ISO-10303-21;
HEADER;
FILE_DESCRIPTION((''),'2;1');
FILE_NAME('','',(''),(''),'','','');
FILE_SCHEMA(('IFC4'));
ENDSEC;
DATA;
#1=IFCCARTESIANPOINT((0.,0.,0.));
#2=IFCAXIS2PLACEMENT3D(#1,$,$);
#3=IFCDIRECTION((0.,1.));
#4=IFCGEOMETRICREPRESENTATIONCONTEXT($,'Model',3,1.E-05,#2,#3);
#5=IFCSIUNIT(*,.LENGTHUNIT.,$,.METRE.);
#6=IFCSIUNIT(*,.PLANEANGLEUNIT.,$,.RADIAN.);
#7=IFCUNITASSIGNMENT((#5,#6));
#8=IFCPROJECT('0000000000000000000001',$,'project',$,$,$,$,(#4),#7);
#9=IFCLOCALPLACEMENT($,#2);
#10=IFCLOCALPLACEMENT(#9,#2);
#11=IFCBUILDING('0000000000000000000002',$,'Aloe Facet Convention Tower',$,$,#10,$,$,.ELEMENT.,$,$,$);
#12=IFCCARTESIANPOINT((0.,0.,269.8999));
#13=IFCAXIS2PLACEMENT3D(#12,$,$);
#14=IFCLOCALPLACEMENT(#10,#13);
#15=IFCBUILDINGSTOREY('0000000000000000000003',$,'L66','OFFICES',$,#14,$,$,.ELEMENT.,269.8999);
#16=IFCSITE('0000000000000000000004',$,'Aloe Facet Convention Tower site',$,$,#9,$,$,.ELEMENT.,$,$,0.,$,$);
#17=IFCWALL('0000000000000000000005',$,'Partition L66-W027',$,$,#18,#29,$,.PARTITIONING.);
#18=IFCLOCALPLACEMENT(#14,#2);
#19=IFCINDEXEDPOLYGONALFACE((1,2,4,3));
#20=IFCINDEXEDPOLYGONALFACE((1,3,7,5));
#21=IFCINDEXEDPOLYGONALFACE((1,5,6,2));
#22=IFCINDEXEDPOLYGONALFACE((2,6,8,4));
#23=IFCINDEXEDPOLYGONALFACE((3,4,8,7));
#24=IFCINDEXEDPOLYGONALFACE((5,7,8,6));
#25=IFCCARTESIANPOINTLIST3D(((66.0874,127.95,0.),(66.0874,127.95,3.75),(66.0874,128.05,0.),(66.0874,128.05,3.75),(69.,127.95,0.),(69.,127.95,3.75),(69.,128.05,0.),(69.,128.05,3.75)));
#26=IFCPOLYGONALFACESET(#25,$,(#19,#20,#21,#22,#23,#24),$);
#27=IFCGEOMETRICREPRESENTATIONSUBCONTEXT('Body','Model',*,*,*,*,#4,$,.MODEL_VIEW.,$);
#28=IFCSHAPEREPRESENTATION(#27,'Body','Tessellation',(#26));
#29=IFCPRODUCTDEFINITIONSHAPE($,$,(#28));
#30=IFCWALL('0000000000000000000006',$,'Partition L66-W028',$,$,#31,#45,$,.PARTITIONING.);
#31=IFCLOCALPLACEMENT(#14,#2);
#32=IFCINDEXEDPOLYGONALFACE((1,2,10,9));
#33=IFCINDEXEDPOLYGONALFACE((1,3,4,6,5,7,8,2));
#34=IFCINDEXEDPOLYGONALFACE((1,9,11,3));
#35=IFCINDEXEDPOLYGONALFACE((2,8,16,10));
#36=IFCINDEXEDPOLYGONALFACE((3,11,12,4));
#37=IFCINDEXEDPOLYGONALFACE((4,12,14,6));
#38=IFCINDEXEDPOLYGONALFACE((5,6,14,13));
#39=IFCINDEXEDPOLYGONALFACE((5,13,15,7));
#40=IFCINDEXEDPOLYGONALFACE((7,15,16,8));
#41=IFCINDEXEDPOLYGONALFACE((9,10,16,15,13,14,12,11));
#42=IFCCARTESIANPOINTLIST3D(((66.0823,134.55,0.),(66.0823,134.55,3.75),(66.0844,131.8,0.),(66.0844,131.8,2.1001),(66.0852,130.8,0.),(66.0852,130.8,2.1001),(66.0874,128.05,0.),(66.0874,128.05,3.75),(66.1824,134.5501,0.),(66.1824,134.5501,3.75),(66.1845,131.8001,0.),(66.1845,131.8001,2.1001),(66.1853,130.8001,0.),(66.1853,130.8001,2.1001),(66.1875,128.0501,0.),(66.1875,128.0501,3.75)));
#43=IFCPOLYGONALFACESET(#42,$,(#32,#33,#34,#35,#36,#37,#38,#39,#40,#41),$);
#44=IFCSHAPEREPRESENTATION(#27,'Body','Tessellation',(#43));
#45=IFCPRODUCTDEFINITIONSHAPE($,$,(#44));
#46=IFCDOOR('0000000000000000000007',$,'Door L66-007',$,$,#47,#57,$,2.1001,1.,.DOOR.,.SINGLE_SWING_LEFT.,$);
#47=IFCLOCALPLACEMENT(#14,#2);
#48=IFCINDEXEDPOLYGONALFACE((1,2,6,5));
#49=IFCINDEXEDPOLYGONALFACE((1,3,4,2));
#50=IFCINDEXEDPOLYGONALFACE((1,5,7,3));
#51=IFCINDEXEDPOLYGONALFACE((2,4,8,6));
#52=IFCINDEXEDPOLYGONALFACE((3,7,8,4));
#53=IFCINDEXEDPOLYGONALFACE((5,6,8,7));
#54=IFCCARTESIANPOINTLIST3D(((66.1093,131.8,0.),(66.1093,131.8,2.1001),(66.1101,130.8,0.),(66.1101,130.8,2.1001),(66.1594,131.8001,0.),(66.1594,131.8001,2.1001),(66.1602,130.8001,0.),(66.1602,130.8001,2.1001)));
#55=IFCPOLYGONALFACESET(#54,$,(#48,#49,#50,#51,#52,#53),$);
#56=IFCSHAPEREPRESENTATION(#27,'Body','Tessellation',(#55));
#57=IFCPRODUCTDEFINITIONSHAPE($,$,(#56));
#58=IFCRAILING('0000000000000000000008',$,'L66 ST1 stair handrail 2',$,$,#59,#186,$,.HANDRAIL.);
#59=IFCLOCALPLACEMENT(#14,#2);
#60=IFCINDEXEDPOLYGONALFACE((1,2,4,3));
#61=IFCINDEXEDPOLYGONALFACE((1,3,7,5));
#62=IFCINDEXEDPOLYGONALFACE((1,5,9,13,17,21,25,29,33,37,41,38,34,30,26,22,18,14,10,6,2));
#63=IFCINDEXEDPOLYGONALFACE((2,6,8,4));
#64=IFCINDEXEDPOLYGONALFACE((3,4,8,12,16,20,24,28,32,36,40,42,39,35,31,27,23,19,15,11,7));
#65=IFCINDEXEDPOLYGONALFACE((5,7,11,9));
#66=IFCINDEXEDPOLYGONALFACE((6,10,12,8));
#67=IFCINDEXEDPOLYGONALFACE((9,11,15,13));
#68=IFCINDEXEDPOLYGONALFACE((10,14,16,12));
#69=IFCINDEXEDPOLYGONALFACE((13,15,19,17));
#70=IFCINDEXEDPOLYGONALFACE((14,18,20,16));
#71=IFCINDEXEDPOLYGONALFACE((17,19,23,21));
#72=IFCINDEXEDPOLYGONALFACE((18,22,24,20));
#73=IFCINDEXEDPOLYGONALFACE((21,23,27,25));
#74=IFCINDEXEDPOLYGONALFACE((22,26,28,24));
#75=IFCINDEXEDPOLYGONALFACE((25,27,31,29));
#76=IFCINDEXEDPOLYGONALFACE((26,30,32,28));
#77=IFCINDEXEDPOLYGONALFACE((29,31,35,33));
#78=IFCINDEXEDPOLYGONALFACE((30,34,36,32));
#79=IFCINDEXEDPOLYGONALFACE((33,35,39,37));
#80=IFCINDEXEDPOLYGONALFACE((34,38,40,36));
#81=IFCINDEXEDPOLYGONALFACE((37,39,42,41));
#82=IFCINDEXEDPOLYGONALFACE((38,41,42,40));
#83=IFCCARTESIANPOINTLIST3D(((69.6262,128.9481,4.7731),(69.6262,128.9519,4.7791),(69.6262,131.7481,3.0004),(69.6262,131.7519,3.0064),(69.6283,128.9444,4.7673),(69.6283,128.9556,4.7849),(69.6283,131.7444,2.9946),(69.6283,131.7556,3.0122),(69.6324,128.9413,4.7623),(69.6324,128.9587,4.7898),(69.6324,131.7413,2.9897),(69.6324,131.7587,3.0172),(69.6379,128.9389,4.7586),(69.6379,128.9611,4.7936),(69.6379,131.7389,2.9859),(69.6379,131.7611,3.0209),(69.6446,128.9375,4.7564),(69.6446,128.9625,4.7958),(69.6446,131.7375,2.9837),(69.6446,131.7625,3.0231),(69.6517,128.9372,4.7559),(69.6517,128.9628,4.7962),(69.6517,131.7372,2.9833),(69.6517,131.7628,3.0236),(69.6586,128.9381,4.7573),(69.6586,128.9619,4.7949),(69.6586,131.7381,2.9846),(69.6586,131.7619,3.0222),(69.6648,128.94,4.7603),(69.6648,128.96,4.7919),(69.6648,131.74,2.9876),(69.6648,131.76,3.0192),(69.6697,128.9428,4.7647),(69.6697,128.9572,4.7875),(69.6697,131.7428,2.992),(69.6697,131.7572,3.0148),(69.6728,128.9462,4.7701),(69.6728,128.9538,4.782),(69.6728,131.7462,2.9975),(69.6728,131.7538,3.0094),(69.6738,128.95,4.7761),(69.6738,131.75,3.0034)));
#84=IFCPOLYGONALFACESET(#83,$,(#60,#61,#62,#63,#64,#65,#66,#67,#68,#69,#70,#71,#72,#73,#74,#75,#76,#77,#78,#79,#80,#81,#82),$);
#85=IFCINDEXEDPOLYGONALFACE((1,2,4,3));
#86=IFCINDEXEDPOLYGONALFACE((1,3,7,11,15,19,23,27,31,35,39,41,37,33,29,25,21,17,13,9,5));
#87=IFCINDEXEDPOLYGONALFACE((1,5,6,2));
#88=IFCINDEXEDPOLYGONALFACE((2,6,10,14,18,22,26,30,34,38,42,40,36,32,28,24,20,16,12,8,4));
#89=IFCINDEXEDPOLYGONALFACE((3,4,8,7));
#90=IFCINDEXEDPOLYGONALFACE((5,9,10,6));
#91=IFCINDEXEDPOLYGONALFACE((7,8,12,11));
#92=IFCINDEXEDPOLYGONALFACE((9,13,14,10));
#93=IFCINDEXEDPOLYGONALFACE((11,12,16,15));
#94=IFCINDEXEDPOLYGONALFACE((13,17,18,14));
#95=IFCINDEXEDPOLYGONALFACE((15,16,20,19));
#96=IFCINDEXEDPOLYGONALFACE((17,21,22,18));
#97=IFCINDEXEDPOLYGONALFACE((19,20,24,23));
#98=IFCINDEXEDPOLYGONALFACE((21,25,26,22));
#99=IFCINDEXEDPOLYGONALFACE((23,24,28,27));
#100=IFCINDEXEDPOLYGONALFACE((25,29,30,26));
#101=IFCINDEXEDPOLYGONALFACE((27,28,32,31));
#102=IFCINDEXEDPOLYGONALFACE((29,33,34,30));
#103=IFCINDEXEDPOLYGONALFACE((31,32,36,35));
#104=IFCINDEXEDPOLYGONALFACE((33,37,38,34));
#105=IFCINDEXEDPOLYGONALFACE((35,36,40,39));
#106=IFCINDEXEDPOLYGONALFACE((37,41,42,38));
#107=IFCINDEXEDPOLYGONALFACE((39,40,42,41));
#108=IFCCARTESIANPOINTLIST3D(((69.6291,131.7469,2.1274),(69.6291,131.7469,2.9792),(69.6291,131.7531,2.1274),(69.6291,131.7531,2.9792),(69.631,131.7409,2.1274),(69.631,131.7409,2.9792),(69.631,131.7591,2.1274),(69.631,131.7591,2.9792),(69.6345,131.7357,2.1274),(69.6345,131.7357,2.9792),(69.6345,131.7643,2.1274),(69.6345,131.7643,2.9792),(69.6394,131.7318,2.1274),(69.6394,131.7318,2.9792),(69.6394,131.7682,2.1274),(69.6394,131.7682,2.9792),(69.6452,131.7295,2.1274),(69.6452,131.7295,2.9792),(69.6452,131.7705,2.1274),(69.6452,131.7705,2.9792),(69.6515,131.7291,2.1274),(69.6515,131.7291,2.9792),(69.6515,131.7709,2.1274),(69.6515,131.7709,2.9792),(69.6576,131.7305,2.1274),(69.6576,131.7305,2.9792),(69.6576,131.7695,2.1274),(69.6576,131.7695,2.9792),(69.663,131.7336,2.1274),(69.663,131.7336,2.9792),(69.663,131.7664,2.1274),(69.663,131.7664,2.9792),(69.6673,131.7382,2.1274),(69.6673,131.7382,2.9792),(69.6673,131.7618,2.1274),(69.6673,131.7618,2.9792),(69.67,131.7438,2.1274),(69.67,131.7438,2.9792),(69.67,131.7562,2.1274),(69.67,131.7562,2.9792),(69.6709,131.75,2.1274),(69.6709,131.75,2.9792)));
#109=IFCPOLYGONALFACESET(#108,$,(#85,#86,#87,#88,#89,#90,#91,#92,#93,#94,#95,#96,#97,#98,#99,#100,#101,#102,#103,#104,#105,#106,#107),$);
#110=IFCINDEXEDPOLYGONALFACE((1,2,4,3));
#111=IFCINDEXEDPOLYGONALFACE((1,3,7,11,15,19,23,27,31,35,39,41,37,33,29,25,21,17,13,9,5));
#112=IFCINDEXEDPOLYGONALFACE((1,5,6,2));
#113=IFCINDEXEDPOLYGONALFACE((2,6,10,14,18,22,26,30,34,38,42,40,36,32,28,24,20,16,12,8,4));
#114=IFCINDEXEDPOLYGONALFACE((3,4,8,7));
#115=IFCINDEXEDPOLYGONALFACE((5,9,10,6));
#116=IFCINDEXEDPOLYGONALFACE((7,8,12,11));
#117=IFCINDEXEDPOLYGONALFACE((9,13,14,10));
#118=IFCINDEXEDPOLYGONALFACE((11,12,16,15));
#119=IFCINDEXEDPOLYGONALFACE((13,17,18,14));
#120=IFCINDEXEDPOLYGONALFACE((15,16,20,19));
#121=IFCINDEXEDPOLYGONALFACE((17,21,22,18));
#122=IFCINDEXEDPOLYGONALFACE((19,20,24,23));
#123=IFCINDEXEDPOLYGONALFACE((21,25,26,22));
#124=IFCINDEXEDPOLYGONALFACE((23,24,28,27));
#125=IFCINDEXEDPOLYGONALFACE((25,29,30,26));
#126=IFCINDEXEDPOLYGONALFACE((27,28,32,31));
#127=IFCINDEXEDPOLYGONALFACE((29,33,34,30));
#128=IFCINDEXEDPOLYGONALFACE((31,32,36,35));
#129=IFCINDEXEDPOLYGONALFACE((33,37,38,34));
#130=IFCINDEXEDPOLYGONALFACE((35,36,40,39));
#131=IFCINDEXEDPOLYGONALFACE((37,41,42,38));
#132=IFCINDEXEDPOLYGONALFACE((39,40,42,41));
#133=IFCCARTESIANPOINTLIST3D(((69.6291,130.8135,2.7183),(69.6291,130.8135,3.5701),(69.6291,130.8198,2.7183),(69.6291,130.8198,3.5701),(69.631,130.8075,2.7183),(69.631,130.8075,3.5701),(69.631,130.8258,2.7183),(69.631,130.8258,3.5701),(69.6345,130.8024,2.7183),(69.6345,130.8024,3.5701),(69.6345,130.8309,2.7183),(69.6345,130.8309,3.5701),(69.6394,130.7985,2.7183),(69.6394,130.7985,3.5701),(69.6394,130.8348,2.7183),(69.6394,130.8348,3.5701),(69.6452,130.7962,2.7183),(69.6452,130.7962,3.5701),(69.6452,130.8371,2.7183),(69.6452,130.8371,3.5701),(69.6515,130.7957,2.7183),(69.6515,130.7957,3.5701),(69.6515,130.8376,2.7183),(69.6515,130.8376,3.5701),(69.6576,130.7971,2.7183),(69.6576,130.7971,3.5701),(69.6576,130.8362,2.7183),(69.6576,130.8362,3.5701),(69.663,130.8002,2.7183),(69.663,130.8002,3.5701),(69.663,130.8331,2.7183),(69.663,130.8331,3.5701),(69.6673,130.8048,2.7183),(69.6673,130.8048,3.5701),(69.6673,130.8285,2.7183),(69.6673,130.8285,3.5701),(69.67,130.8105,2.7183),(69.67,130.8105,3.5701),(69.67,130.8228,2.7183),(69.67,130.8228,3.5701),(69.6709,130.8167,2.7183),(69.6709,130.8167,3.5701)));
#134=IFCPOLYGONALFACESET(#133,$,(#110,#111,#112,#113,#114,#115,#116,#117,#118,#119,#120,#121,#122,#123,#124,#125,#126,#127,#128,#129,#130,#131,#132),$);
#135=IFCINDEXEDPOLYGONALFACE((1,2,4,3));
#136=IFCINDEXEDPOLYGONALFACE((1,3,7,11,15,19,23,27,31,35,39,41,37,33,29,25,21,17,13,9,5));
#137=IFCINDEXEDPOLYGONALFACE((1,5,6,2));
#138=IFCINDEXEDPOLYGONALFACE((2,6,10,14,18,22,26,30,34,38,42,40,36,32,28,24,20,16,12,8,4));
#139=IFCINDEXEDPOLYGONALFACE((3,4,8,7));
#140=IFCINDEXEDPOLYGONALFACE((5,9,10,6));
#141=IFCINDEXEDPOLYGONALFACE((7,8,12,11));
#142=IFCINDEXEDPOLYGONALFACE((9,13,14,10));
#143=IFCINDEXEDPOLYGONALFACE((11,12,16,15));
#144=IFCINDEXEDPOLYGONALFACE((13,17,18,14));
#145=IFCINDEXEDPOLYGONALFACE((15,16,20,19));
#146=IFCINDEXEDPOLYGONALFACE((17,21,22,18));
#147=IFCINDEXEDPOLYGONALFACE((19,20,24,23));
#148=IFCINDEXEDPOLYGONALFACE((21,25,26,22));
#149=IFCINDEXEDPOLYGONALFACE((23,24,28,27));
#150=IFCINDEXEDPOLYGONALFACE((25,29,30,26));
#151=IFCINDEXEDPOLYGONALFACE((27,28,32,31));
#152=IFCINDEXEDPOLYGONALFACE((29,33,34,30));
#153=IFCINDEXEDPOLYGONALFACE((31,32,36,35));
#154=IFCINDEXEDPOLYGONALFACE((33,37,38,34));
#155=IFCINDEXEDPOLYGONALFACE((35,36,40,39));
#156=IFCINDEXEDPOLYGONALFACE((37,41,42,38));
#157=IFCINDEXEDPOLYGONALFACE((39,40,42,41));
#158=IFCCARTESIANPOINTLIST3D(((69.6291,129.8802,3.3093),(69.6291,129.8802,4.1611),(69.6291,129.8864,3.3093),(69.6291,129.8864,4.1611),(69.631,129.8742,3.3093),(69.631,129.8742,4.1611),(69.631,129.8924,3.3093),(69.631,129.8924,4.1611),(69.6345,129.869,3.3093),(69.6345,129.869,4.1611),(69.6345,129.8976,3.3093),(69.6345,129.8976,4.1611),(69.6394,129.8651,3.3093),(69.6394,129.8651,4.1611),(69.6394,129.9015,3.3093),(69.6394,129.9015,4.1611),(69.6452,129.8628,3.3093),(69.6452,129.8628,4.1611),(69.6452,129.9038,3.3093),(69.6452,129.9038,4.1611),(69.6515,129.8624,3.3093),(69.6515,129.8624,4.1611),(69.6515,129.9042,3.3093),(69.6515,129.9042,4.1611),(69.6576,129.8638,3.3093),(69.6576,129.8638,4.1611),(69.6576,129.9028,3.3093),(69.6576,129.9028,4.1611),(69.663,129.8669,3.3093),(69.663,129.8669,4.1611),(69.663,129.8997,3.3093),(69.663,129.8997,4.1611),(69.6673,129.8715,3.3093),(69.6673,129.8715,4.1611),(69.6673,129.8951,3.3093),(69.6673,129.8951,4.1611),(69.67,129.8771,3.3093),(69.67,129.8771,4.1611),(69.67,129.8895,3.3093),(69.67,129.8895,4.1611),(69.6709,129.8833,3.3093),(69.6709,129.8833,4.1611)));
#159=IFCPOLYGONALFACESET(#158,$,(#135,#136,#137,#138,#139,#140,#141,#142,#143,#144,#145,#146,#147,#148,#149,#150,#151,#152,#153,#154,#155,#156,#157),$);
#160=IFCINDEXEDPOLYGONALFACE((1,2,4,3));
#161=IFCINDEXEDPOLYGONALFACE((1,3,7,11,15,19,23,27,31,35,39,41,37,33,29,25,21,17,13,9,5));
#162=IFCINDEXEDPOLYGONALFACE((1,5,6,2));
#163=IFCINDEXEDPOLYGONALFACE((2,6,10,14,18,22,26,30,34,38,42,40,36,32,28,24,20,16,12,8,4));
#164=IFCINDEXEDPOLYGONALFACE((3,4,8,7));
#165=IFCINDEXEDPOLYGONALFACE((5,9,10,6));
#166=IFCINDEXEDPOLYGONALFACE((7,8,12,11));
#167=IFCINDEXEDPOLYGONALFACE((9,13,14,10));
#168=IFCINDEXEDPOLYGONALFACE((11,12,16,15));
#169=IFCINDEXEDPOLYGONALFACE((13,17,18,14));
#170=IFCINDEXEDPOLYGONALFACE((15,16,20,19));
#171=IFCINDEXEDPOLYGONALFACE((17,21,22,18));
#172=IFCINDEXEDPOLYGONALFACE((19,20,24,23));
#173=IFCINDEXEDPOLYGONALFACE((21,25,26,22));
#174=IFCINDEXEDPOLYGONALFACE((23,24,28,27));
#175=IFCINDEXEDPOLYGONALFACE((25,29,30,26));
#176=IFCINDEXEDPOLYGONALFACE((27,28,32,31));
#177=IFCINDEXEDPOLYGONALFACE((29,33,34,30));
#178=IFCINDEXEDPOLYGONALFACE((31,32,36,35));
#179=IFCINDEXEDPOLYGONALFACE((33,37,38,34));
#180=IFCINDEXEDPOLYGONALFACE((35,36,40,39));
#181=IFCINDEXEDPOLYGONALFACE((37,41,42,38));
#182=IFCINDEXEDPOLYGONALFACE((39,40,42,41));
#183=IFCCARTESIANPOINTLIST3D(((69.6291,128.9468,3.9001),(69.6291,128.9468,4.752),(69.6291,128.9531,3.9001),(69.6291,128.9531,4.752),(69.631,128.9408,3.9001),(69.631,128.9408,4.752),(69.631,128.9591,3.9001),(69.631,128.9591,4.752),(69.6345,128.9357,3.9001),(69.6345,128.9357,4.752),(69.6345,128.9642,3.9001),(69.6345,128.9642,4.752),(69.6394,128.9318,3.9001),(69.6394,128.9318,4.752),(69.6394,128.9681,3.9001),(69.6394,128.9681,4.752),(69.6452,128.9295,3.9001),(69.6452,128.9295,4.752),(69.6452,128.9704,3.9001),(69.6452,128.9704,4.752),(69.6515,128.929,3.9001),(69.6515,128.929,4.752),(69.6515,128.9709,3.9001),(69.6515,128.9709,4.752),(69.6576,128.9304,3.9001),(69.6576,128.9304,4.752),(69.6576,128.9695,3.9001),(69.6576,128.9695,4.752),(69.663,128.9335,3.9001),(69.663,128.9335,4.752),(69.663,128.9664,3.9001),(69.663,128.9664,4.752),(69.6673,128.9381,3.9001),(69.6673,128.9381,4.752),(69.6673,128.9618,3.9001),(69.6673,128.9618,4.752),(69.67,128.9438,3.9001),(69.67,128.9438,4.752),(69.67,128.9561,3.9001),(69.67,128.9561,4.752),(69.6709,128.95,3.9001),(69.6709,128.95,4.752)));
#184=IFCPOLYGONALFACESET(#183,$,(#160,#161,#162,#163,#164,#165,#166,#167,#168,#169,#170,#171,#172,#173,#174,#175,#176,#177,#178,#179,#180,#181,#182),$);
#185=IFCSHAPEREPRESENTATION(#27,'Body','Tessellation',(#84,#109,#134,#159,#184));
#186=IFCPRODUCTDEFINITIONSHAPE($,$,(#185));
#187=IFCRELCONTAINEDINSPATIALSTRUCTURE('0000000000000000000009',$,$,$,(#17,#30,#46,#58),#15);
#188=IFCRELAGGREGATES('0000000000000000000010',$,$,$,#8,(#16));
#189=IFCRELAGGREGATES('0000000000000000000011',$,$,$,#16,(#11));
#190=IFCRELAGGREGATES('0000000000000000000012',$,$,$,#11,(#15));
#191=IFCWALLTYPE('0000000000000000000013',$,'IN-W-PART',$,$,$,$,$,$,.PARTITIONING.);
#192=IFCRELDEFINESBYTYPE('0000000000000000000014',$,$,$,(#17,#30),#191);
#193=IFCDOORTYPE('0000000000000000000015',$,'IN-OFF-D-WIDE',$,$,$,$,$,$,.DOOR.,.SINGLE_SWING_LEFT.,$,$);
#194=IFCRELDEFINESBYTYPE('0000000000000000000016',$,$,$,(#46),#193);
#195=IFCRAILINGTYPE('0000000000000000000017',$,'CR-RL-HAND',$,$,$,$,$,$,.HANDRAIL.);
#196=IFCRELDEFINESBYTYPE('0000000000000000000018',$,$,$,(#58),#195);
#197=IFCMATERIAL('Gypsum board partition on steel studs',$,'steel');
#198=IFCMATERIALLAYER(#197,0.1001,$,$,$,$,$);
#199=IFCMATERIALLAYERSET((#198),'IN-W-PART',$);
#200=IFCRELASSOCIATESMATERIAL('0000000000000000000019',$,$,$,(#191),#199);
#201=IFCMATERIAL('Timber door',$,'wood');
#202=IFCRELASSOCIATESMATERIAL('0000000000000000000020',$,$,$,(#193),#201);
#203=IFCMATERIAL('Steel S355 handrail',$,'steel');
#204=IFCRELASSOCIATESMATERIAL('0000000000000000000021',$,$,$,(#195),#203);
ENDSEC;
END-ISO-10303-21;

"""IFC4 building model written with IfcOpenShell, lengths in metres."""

from ifc_helpers import new_model, si_unit, direction, frame, frame_2d, origin, origin_2d, place, context, subcontext, project, spatial, rectangle, circle, extrude, material, layer, layer_set, type_object, element, fill, save


model = new_model("IFC4")

# Units and contexts
model_context = context("Model", 3, precision=1e-05, world=origin(), true_north=direction((0.0, 1.0)))
body_context = subcontext(model_context, "Body", "Model", "MODEL_VIEW")
ifc_project = project(units=[si_unit("LENGTHUNIT", "METRE"), si_unit("PLANEANGLEUNIT", "RADIAN")], contexts=[model_context])

# Site, building, storey
site_placement = place(None, origin())
site = spatial("IfcSite", under=ifc_project, at=site_placement, Name="Aloe Facet Convention Tower site", CompositionType="ELEMENT", RefElevation=0.0)
building_placement = place(site_placement, origin())
building = spatial("IfcBuilding", under=site, at=building_placement, Name="Aloe Facet Convention Tower", CompositionType="ELEMENT")
storey_placement = place(building_placement, frame((0.0, 0.0, 269.8999)))
storey = spatial("IfcBuildingStorey", under=building, at=storey_placement, Name="L66", Description="OFFICES", CompositionType="ELEMENT", Elevation=269.8999)

# Wall
ifc_material_1 = material(Name="Gypsum board partition on steel studs", Category="steel")
ifc_layer_1 = layer(ifc_material_1, 0.1001)
ifc_layer_set_1 = layer_set([ifc_layer_1], Name="IN-W-PART")
wall_type_1 = type_object("IfcWallType", Name="IN-W-PART", PredefinedType="PARTITIONING", material=ifc_layer_set_1)
wall_1_placement = place(storey_placement, frame((66.0874, 128.0, 0.0), z_axis=(0.0, 0.0, 1.0), x_axis=(1.0, 0.0, 0.0)))
element("IfcWall", 1, at=wall_1_placement, inside=storey, type_object=wall_type_1, Name="Partition L66-W027", PredefinedType="PARTITIONING", context=body_context, shape_type="SweptSolid", body=[
    extrude(rectangle(XDim=2.9126, YDim=0.1001, at=frame_2d((1.4563, 0.0))), origin(), (0.0, 0.0, 1.0), 3.75),
])

# Wall, opening, door
wall_2_placement = place(storey_placement, frame((66.1323, 134.55, 0.0), z_axis=(0.0, 0.0, 1.0), x_axis=(0.000789, -1.0, 0.0)))
wall_2 = element("IfcWall", 2, at=wall_2_placement, inside=storey, type_object=wall_type_1, Name="Partition L66-W028", PredefinedType="PARTITIONING", context=body_context, shape_type="SweptSolid", body=[
    extrude(rectangle(XDim=6.5, YDim=0.1001, at=frame_2d((3.25, 0.0))), origin(), (0.0, 0.0, 1.0), 3.75),
])
opening_1_placement = place(wall_2_placement, frame((2.75, 0.0, 0.0)))
opening_1 = element("IfcOpeningElement", 3, at=opening_1_placement, cuts=wall_2, PredefinedType="OPENING", context=body_context, shape_type="SweptSolid", body=[
    extrude(rectangle(XDim=1.0, YDim=2.1001, at=frame_2d((0.5, 1.05))), frame((0.0, 0.0601, 0.0), z_axis=(0.0, -1.0, 0.0), x_axis=(1.0, 0.0, 0.0)), (0.0, 0.0, 1.0), 0.1201),
])
ifc_material_2 = material(Name="Timber door", Category="wood")
door_type = type_object("IfcDoorType", Name="IN-OFF-D-WIDE", OperationType="SINGLE_SWING_LEFT", PredefinedType="DOOR", material=ifc_material_2)
door_placement = place(opening_1_placement, origin())
door = element("IfcDoor", 4, at=door_placement, inside=storey, type_object=door_type, Name="Door L66-007", OperationType="SINGLE_SWING_LEFT", OverallHeight=2.1001, OverallWidth=1.0, PredefinedType="DOOR", context=body_context, shape_type="SweptSolid", body=[
    extrude(rectangle(XDim=1.0, YDim=2.1001, at=frame_2d((0.5, 1.05))), frame((0.0, 0.0249, 0.0), z_axis=(0.0, -1.0, 0.0), x_axis=(1.0, 0.0, 0.0)), (0.0, 0.0, 1.0), 0.05),
])
fill(opening_1, door)

# Railing
ifc_material_3 = material(Name="Steel S355 handrail", Category="steel")
railing_type = type_object("IfcRailingType", Name="CR-RL-HAND", PredefinedType="HANDRAIL", material=ifc_material_3)
railing_placement = place(storey_placement, frame((69.6499, 131.75, 2.1274)))
element("IfcRailing", 5, at=railing_placement, inside=storey, type_object=railing_type, Name="L66 ST1 stair handrail 2", PredefinedType="HANDRAIL", context=body_context, shape_type="SweptSolid", body=[
    extrude(circle(Radius=0.0239, at=origin_2d()), frame((0.0, 0.0, 0.876), z_axis=(0.0, -0.844909, 0.53491), x_axis=(1.0, 0.0, 0.0)), (0.0, 0.0, 1.0), 3.314),
    extrude(circle(Radius=0.021, at=origin_2d()), origin(), (0.0, 0.0, 1.0), 0.8518),
    extrude(circle(Radius=0.021, at=origin_2d()), frame((0.0, -0.9333, 0.5908)), (0.0, 0.0, 1.0), 0.8518),
    extrude(circle(Radius=0.021, at=origin_2d()), frame((0.0, -1.8667, 1.1819)), (0.0, 0.0, 1.0), 0.8518),
    extrude(circle(Radius=0.021, at=origin_2d()), frame((0.0, -2.8, 1.7727)), (0.0, 0.0, 1.0), 0.8518),
])

save(model, "model.ifc")
